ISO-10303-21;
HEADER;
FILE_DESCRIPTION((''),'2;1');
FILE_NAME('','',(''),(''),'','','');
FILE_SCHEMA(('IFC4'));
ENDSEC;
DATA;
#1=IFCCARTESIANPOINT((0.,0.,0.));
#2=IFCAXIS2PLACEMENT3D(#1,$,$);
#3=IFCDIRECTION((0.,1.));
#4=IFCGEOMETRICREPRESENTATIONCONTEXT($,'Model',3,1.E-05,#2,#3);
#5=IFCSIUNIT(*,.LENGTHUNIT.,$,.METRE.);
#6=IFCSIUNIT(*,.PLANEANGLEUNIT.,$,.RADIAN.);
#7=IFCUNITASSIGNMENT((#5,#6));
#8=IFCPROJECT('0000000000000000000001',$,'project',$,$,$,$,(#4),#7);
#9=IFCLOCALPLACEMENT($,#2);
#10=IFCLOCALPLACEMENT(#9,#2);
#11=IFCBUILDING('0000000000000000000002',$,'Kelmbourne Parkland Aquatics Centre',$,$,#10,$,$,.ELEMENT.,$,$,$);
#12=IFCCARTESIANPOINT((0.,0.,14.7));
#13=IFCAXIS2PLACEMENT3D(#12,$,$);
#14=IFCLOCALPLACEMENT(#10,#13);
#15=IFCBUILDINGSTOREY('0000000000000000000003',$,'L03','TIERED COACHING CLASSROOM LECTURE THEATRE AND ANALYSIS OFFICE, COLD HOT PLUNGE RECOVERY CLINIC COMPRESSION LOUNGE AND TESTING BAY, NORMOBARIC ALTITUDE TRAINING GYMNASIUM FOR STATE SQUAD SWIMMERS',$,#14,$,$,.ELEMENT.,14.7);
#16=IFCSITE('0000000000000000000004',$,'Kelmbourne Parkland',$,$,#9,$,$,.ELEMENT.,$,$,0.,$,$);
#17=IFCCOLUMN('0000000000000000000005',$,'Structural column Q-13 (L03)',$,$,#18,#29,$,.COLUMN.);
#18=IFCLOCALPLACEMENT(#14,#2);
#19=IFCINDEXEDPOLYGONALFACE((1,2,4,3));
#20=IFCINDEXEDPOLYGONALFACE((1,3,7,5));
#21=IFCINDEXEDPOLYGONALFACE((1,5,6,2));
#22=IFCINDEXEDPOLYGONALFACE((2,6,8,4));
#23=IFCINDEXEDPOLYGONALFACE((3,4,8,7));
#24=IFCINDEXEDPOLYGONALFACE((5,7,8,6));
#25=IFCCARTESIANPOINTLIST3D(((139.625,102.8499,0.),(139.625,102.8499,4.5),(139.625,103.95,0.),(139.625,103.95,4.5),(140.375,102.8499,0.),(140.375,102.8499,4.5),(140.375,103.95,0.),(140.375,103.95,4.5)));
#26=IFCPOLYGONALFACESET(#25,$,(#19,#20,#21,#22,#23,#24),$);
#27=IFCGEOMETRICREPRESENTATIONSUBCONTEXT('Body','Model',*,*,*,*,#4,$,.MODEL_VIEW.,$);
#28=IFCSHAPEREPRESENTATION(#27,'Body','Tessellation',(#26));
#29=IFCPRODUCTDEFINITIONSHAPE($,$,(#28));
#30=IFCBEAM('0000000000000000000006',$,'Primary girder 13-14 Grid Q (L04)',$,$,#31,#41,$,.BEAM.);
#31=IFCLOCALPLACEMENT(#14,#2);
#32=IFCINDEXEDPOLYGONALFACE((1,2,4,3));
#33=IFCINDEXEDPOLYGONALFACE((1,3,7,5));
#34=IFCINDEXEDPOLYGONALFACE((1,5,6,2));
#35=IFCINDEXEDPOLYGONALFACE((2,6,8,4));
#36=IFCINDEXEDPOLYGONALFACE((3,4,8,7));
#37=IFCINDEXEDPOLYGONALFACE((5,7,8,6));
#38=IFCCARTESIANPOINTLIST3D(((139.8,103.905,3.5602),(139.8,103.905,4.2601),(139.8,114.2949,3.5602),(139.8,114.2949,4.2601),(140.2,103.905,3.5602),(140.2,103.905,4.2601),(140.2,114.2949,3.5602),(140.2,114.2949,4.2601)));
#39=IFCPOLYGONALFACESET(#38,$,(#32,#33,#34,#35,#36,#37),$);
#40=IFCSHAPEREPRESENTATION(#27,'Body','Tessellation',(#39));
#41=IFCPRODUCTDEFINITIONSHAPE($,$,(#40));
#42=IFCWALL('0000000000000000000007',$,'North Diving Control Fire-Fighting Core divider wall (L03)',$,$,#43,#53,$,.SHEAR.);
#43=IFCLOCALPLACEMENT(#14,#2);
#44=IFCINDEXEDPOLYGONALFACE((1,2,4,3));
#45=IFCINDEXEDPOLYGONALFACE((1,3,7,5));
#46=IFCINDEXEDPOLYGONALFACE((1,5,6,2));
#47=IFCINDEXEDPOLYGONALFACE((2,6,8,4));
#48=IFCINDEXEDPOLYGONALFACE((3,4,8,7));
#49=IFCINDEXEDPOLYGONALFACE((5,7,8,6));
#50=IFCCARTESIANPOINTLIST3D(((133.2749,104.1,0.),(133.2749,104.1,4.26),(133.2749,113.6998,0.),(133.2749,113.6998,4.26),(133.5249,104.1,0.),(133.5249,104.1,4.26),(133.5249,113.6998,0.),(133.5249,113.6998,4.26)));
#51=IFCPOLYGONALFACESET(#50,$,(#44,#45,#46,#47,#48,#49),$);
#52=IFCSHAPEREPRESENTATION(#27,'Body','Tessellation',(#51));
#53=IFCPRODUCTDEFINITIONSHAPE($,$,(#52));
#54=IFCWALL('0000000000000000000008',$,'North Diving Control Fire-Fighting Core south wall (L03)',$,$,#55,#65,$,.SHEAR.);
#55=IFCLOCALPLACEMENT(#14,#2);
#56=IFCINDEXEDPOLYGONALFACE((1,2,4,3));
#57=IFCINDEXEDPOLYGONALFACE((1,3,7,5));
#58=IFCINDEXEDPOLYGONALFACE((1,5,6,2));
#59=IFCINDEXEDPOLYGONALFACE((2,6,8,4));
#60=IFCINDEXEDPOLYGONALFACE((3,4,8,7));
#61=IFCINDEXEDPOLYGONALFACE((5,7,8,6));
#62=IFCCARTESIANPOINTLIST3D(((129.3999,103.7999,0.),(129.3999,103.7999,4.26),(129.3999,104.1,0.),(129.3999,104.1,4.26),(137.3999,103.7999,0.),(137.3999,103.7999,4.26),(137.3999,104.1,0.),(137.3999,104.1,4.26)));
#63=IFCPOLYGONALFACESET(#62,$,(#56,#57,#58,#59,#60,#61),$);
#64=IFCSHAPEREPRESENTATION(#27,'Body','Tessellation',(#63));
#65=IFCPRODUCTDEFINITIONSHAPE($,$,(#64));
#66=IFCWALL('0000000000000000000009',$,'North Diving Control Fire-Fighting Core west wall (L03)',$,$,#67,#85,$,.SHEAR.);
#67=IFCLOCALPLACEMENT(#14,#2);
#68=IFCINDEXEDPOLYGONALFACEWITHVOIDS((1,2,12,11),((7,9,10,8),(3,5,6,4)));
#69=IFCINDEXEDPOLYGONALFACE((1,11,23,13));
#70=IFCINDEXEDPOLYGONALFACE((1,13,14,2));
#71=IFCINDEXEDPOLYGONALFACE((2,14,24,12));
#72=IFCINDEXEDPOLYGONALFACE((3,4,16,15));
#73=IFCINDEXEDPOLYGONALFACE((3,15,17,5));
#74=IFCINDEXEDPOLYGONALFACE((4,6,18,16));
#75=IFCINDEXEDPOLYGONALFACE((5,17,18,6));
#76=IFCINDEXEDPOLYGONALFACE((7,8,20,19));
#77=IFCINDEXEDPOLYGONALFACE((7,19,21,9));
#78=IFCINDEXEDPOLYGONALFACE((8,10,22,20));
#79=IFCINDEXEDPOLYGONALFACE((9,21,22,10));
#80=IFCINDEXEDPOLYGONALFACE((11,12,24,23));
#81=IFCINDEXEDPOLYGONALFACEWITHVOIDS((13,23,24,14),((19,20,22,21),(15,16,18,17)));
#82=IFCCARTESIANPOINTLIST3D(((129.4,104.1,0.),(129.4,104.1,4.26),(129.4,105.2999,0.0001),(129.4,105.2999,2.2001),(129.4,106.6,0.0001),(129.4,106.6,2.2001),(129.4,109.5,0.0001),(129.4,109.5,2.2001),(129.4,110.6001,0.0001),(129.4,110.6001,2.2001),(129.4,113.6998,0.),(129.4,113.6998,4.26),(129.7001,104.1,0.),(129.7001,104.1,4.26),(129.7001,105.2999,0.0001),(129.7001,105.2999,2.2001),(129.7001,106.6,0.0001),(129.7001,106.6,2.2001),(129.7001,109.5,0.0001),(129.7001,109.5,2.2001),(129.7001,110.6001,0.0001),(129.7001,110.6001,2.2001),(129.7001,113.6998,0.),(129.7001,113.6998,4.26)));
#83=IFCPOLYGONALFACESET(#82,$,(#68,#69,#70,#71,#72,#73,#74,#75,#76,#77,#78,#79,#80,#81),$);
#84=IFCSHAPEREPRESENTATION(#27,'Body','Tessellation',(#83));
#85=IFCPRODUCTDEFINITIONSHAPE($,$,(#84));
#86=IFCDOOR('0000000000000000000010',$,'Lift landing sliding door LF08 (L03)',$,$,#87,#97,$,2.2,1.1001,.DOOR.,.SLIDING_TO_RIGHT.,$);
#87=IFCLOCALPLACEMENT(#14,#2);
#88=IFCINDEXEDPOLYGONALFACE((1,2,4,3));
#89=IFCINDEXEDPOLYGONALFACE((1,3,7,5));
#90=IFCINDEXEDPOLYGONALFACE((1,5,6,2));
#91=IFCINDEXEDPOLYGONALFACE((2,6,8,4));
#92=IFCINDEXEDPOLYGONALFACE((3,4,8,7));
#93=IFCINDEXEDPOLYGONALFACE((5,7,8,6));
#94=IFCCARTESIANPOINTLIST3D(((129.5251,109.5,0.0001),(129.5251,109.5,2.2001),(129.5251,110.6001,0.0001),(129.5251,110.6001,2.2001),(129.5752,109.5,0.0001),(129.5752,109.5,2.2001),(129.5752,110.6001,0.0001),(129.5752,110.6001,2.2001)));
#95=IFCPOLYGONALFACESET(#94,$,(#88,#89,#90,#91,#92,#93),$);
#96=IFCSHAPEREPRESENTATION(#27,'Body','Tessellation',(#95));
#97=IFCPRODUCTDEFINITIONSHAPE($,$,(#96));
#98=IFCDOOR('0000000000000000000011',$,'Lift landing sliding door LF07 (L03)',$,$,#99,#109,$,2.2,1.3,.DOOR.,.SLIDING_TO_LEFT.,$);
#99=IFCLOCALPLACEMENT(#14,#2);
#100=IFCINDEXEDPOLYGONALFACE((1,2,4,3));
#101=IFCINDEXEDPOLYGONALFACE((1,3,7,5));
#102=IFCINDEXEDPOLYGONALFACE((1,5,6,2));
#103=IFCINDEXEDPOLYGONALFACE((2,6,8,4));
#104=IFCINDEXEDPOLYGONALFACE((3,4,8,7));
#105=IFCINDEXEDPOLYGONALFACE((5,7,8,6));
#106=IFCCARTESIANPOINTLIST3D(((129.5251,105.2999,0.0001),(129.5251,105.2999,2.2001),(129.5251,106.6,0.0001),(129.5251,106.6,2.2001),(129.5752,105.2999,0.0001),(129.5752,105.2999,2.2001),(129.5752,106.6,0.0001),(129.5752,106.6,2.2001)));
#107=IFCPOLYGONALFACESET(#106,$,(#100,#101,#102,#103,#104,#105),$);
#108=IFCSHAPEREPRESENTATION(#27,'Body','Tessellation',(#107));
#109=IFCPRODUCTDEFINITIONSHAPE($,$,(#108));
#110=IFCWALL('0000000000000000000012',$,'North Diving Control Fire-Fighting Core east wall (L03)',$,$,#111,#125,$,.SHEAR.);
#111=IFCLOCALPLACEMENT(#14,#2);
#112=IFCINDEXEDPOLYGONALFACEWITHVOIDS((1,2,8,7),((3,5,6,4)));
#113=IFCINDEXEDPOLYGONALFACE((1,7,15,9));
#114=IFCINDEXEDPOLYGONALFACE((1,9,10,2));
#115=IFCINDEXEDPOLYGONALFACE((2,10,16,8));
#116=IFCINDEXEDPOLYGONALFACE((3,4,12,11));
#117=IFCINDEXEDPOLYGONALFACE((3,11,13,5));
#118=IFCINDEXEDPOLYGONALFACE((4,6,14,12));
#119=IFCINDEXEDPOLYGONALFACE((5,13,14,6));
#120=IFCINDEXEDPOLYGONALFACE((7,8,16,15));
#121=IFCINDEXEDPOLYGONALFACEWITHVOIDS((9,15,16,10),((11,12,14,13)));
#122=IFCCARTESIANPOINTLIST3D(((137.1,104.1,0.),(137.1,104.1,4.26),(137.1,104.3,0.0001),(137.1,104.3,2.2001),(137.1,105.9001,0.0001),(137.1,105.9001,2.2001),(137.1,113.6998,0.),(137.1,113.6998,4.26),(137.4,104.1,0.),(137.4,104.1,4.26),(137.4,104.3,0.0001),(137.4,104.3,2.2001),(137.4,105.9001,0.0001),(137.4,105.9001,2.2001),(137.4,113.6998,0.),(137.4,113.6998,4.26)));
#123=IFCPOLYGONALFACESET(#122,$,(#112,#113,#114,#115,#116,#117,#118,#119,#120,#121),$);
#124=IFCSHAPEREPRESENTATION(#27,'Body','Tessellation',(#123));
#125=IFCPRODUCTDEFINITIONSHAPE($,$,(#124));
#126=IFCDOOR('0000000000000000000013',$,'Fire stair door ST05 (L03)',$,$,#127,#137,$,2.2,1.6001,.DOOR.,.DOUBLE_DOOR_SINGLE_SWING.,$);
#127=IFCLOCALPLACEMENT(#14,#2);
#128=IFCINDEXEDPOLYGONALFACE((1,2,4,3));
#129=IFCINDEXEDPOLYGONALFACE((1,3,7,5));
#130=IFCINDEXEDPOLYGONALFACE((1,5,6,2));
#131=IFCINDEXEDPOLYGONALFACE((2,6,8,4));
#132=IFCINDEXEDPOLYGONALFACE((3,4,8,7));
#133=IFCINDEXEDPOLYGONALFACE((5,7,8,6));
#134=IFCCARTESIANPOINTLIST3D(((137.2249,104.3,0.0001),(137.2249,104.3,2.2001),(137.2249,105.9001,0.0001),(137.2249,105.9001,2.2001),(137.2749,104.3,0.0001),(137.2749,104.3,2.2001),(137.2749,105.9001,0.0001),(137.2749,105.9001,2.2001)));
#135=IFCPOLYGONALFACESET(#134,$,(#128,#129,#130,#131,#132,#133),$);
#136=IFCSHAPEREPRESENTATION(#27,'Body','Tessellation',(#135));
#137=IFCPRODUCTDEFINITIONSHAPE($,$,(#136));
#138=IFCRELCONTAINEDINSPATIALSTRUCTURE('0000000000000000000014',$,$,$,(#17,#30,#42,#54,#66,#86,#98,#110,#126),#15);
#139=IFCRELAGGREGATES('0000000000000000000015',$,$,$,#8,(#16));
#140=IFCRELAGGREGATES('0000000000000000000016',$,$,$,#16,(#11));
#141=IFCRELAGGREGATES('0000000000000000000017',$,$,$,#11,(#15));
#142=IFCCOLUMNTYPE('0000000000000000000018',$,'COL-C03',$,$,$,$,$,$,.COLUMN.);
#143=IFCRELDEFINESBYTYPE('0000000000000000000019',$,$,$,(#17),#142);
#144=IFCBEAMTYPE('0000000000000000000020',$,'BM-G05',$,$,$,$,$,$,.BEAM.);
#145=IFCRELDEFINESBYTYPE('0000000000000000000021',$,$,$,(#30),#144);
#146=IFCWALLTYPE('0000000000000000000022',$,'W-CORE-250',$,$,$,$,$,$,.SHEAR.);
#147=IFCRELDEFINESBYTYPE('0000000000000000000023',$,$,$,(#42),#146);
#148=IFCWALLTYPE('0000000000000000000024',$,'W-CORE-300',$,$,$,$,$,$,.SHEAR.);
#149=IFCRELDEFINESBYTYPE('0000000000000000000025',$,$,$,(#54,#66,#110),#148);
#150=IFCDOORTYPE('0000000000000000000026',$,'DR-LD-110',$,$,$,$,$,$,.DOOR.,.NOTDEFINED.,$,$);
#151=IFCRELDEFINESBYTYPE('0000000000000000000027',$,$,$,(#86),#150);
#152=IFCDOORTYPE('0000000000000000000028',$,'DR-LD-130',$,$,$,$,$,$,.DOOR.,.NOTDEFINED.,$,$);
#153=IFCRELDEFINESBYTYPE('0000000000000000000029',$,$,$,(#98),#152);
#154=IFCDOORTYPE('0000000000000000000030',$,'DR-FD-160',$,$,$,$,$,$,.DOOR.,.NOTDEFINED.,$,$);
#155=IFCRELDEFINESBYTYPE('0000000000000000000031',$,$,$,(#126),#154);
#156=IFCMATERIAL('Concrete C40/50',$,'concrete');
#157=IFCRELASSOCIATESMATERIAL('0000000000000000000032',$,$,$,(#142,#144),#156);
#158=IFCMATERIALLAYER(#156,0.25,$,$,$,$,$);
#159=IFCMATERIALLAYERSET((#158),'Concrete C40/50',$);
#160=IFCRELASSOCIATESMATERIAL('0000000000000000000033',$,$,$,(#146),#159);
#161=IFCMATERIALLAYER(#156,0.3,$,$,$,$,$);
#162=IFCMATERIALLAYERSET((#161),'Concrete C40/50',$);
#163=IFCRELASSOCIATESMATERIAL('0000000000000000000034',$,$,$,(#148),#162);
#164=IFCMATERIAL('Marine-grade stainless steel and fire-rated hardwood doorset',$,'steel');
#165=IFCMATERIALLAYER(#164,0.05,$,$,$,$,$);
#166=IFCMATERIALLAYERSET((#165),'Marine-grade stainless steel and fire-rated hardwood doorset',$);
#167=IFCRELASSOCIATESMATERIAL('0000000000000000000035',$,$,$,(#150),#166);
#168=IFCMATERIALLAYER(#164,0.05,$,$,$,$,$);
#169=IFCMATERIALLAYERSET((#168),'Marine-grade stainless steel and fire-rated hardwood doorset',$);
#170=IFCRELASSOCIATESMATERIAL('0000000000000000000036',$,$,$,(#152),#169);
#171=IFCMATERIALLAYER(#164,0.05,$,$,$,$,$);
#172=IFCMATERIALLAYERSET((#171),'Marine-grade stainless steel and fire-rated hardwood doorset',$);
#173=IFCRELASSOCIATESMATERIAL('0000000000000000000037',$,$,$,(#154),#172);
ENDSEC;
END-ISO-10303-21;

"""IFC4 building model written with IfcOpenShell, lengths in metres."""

from ifc_helpers import new_model, si_unit, direction, frame, frame_2d, origin, origin_2d, place, context, subcontext, project, spatial, rectangle, extrude, material, layer, layer_set, material_profile, profile_set, type_object, element, fill, save


model = new_model("IFC4")

# Units and contexts
model_context = context("Model", 3, precision=1e-05, world=origin(), true_north=direction((0.0, 1.0)))
body_context = subcontext(model_context, "Body", "Model", "MODEL_VIEW")
ifc_project = project(units=[si_unit("LENGTHUNIT", "METRE"), si_unit("PLANEANGLEUNIT", "RADIAN")], contexts=[model_context])

# Site, building, storey
site_placement = place(None, origin())
site = spatial("IfcSite", under=ifc_project, at=site_placement, Name="Kelmbourne Parkland", CompositionType="ELEMENT", RefElevation=0.0)
building_placement = place(site_placement, origin())
building = spatial("IfcBuilding", under=site, at=building_placement, Name="Kelmbourne Parkland Aquatics Centre", CompositionType="ELEMENT")
storey_placement = place(building_placement, frame((0.0, 0.0, 14.7)))
storey = spatial("IfcBuildingStorey", under=building, at=storey_placement, Name="L03", Description="TIERED COACHING CLASSROOM LECTURE THEATRE AND ANALYSIS OFFICE, COLD HOT PLUNGE RECOVERY CLINIC COMPRESSION LOUNGE AND TESTING BAY, NORMOBARIC ALTITUDE TRAINING GYMNASIUM FOR STATE SQUAD SWIMMERS", CompositionType="ELEMENT", Elevation=14.7)

# Column
ifc_material_1 = material(Name="Concrete C40/50", Category="concrete")
ifc_material_profile_1 = material_profile(ifc_material_1, rectangle(XDim=0.75, YDim=1.1001, at=origin_2d()), Name="RC 750x1100")
ifc_profile_set_1 = profile_set([ifc_material_profile_1], Name="Concrete C40/50")
column_type = type_object("IfcColumnType", Name="COL-C03", PredefinedType="COLUMN", material=ifc_profile_set_1)
column_placement = place(storey_placement, frame((140.0, 103.3999, 0.0), z_axis=(0.0, 0.0, 1.0), x_axis=(1.0, 0.0, 0.0)))
element("IfcColumn", 1, at=column_placement, inside=storey, type_object=column_type, Name="Structural column Q-13 (L03)", PredefinedType="COLUMN", context=body_context, shape_type="SweptSolid", body=[
    extrude(rectangle(XDim=0.75, YDim=1.1001, at=origin_2d()), origin(), (0.0, 0.0, 1.0), 4.5),
])

# Beam
ifc_material_profile_2 = material_profile(ifc_material_1, rectangle(XDim=0.3999, YDim=0.7, at=origin_2d()), Name="RC 400x700")
ifc_profile_set_2 = profile_set([ifc_material_profile_2], Name="Concrete C40/50")
beam_type = type_object("IfcBeamType", Name="BM-G05", PredefinedType="BEAM", material=ifc_profile_set_2)
beam_placement = place(storey_placement, frame((140.0, 103.905, 3.9102), z_axis=(0.0, 1.0, 0.0), x_axis=(-1.0, 0.0, 0.0)))
element("IfcBeam", 2, at=beam_placement, inside=storey, type_object=beam_type, Name="Primary girder 13-14 Grid Q (L04)", PredefinedType="BEAM", context=body_context, shape_type="SweptSolid", body=[
    extrude(rectangle(XDim=0.3999, YDim=0.7, at=origin_2d()), origin(), (0.0, 0.0, 1.0), 10.3899),
])

# Walls
ifc_layer_1 = layer(ifc_material_1, 0.25)
ifc_layer_set_1 = layer_set([ifc_layer_1], Name="Concrete C40/50")
wall_type_1 = type_object("IfcWallType", Name="W-CORE-250", PredefinedType="SHEAR", material=ifc_layer_set_1)
wall_1_placement = place(storey_placement, frame((133.3999, 104.1001, 0.0), z_axis=(0.0, 0.0, 1.0), x_axis=(0.0, 1.0, 0.0)))
element("IfcWall", 3, at=wall_1_placement, inside=storey, type_object=wall_type_1, Name="North Diving Control Fire-Fighting Core divider wall (L03)", PredefinedType="SHEAR", context=body_context, shape_type="SweptSolid", body=[
    extrude(rectangle(XDim=9.5999, YDim=0.25, at=frame_2d((4.7998, 0.0))), origin(), (0.0, 0.0, 1.0), 4.26),
])
ifc_layer_2 = layer(ifc_material_1, 0.3)
ifc_layer_set_2 = layer_set([ifc_layer_2], Name="Concrete C40/50")
wall_type_2 = type_object("IfcWallType", Name="W-CORE-300", PredefinedType="SHEAR", material=ifc_layer_set_2)
wall_2_placement = place(storey_placement, frame((129.3999, 103.95, 0.0), z_axis=(0.0, 0.0, 1.0), x_axis=(1.0, 0.0, 0.0)))
element("IfcWall", 4, at=wall_2_placement, inside=storey, type_object=wall_type_2, Name="North Diving Control Fire-Fighting Core south wall (L03)", PredefinedType="SHEAR", context=body_context, shape_type="SweptSolid", body=[
    extrude(rectangle(XDim=8.0, YDim=0.3, at=frame_2d((4.0, 0.0))), origin(), (0.0, 0.0, 1.0), 4.26),
])

# Wall, openings, doors
wall_3_placement = place(storey_placement, frame((129.55, 104.1001, 0.0), z_axis=(0.0, 0.0, 1.0), x_axis=(0.0, 1.0, 0.0)))
wall_3 = element("IfcWall", 5, at=wall_3_placement, inside=storey, type_object=wall_type_2, Name="North Diving Control Fire-Fighting Core west wall (L03)", PredefinedType="SHEAR", context=body_context, shape_type="SweptSolid", body=[
    extrude(rectangle(XDim=9.5999, YDim=0.3, at=frame_2d((4.7998, 0.0))), origin(), (0.0, 0.0, 1.0), 4.26),
])
opening_1_placement = place(wall_3_placement, frame((1.2, 0.0, 0.0)))
opening_1 = element("IfcOpeningElement", 6, at=opening_1_placement, cuts=wall_3, PredefinedType="OPENING", context=body_context, shape_type="SweptSolid", body=[
    extrude(rectangle(XDim=1.3, YDim=2.2, at=frame_2d((0.6499, 1.1001))), frame((0.0, 0.1621, 0.0), z_axis=(0.0, -1.0, 0.0), x_axis=(1.0, 0.0, 0.0)), (0.0, 0.0, 1.0), 0.324),
])
opening_2_placement = place(wall_3_placement, frame((5.3999, 0.0, 0.0)))
opening_2 = element("IfcOpeningElement", 7, at=opening_2_placement, cuts=wall_3, PredefinedType="OPENING", context=body_context, shape_type="SweptSolid", body=[
    extrude(rectangle(XDim=1.1001, YDim=2.2, at=frame_2d((0.55, 1.1001))), frame((0.0, 0.1621, 0.0), z_axis=(0.0, -1.0, 0.0), x_axis=(1.0, 0.0, 0.0)), (0.0, 0.0, 1.0), 0.324),
])
ifc_material_2 = material(Name="Marine-grade stainless steel and fire-rated hardwood doorset", Category="steel")
ifc_layer_3 = layer(ifc_material_2, 0.05)
ifc_layer_set_3 = layer_set([ifc_layer_3], Name="Marine-grade stainless steel and fire-rated hardwood doorset")
door_type_1 = type_object("IfcDoorType", Name="DR-LD-110", OperationType="NOTDEFINED", PredefinedType="DOOR", material=ifc_layer_set_3)
door_1_placement = place(opening_2_placement, origin())
door_1 = element("IfcDoor", 8, at=door_1_placement, inside=storey, type_object=door_type_1, Name="Lift landing sliding door LF08 (L03)", OperationType="SLIDING_TO_RIGHT", OverallHeight=2.2, OverallWidth=1.1001, PredefinedType="DOOR", context=body_context, shape_type="SweptSolid", body=[
    extrude(rectangle(XDim=1.1001, YDim=2.2, at=frame_2d((0.55, 1.1001))), frame((0.0, 0.0249, 0.0), z_axis=(0.0, -1.0, 0.0), x_axis=(1.0, 0.0, 0.0)), (0.0, 0.0, 1.0), 0.05),
])
fill(opening_2, door_1)
ifc_layer_4 = layer(ifc_material_2, 0.05)
ifc_layer_set_4 = layer_set([ifc_layer_4], Name="Marine-grade stainless steel and fire-rated hardwood doorset")
door_type_2 = type_object("IfcDoorType", Name="DR-LD-130", OperationType="NOTDEFINED", PredefinedType="DOOR", material=ifc_layer_set_4)
door_2_placement = place(opening_1_placement, origin())
door_2 = element("IfcDoor", 9, at=door_2_placement, inside=storey, type_object=door_type_2, Name="Lift landing sliding door LF07 (L03)", OperationType="SLIDING_TO_LEFT", OverallHeight=2.2, OverallWidth=1.3, PredefinedType="DOOR", context=body_context, shape_type="SweptSolid", body=[
    extrude(rectangle(XDim=1.3, YDim=2.2, at=frame_2d((0.6499, 1.1001))), frame((0.0, 0.0249, 0.0), z_axis=(0.0, -1.0, 0.0), x_axis=(1.0, 0.0, 0.0)), (0.0, 0.0, 1.0), 0.05),
])
fill(opening_1, door_2)

# Wall, opening, door
wall_4_placement = place(storey_placement, frame((137.25, 104.1001, 0.0), z_axis=(0.0, 0.0, 1.0), x_axis=(0.0, 1.0, 0.0)))
wall_4 = element("IfcWall", 10, at=wall_4_placement, inside=storey, type_object=wall_type_2, Name="North Diving Control Fire-Fighting Core east wall (L03)", PredefinedType="SHEAR", context=body_context, shape_type="SweptSolid", body=[
    extrude(rectangle(XDim=9.5999, YDim=0.3, at=frame_2d((4.7998, 0.0))), origin(), (0.0, 0.0, 1.0), 4.26),
])
opening_3_placement = place(wall_4_placement, frame((0.2, 0.0, 0.0)))
opening_3 = element("IfcOpeningElement", 11, at=opening_3_placement, cuts=wall_4, PredefinedType="OPENING", context=body_context, shape_type="SweptSolid", body=[
    extrude(rectangle(XDim=1.6001, YDim=2.2, at=frame_2d((0.8, 1.1001))), frame((0.0, 0.1621, 0.0), z_axis=(0.0, -1.0, 0.0), x_axis=(1.0, 0.0, 0.0)), (0.0, 0.0, 1.0), 0.324),
])
ifc_layer_5 = layer(ifc_material_2, 0.05)
ifc_layer_set_5 = layer_set([ifc_layer_5], Name="Marine-grade stainless steel and fire-rated hardwood doorset")
door_type_3 = type_object("IfcDoorType", Name="DR-FD-160", OperationType="NOTDEFINED", PredefinedType="DOOR", material=ifc_layer_set_5)
door_3_placement = place(opening_3_placement, frame((1.6001, 0.0, 0.0), z_axis=(0.0, 0.0, 1.0), x_axis=(-1.0, 0.0, 0.0)))
door_3 = element("IfcDoor", 12, at=door_3_placement, inside=storey, type_object=door_type_3, Name="Fire stair door ST05 (L03)", OperationType="DOUBLE_DOOR_SINGLE_SWING", OverallHeight=2.2, OverallWidth=1.6001, PredefinedType="DOOR", context=body_context, shape_type="SweptSolid", body=[
    extrude(rectangle(XDim=1.6001, YDim=2.2, at=frame_2d((0.8, 1.1001))), frame((0.0, 0.0249, 0.0), z_axis=(0.0, -1.0, 0.0), x_axis=(1.0, 0.0, 0.0)), (0.0, 0.0, 1.0), 0.05),
])
fill(opening_3, door_3)

save(model, "model.ifc")
